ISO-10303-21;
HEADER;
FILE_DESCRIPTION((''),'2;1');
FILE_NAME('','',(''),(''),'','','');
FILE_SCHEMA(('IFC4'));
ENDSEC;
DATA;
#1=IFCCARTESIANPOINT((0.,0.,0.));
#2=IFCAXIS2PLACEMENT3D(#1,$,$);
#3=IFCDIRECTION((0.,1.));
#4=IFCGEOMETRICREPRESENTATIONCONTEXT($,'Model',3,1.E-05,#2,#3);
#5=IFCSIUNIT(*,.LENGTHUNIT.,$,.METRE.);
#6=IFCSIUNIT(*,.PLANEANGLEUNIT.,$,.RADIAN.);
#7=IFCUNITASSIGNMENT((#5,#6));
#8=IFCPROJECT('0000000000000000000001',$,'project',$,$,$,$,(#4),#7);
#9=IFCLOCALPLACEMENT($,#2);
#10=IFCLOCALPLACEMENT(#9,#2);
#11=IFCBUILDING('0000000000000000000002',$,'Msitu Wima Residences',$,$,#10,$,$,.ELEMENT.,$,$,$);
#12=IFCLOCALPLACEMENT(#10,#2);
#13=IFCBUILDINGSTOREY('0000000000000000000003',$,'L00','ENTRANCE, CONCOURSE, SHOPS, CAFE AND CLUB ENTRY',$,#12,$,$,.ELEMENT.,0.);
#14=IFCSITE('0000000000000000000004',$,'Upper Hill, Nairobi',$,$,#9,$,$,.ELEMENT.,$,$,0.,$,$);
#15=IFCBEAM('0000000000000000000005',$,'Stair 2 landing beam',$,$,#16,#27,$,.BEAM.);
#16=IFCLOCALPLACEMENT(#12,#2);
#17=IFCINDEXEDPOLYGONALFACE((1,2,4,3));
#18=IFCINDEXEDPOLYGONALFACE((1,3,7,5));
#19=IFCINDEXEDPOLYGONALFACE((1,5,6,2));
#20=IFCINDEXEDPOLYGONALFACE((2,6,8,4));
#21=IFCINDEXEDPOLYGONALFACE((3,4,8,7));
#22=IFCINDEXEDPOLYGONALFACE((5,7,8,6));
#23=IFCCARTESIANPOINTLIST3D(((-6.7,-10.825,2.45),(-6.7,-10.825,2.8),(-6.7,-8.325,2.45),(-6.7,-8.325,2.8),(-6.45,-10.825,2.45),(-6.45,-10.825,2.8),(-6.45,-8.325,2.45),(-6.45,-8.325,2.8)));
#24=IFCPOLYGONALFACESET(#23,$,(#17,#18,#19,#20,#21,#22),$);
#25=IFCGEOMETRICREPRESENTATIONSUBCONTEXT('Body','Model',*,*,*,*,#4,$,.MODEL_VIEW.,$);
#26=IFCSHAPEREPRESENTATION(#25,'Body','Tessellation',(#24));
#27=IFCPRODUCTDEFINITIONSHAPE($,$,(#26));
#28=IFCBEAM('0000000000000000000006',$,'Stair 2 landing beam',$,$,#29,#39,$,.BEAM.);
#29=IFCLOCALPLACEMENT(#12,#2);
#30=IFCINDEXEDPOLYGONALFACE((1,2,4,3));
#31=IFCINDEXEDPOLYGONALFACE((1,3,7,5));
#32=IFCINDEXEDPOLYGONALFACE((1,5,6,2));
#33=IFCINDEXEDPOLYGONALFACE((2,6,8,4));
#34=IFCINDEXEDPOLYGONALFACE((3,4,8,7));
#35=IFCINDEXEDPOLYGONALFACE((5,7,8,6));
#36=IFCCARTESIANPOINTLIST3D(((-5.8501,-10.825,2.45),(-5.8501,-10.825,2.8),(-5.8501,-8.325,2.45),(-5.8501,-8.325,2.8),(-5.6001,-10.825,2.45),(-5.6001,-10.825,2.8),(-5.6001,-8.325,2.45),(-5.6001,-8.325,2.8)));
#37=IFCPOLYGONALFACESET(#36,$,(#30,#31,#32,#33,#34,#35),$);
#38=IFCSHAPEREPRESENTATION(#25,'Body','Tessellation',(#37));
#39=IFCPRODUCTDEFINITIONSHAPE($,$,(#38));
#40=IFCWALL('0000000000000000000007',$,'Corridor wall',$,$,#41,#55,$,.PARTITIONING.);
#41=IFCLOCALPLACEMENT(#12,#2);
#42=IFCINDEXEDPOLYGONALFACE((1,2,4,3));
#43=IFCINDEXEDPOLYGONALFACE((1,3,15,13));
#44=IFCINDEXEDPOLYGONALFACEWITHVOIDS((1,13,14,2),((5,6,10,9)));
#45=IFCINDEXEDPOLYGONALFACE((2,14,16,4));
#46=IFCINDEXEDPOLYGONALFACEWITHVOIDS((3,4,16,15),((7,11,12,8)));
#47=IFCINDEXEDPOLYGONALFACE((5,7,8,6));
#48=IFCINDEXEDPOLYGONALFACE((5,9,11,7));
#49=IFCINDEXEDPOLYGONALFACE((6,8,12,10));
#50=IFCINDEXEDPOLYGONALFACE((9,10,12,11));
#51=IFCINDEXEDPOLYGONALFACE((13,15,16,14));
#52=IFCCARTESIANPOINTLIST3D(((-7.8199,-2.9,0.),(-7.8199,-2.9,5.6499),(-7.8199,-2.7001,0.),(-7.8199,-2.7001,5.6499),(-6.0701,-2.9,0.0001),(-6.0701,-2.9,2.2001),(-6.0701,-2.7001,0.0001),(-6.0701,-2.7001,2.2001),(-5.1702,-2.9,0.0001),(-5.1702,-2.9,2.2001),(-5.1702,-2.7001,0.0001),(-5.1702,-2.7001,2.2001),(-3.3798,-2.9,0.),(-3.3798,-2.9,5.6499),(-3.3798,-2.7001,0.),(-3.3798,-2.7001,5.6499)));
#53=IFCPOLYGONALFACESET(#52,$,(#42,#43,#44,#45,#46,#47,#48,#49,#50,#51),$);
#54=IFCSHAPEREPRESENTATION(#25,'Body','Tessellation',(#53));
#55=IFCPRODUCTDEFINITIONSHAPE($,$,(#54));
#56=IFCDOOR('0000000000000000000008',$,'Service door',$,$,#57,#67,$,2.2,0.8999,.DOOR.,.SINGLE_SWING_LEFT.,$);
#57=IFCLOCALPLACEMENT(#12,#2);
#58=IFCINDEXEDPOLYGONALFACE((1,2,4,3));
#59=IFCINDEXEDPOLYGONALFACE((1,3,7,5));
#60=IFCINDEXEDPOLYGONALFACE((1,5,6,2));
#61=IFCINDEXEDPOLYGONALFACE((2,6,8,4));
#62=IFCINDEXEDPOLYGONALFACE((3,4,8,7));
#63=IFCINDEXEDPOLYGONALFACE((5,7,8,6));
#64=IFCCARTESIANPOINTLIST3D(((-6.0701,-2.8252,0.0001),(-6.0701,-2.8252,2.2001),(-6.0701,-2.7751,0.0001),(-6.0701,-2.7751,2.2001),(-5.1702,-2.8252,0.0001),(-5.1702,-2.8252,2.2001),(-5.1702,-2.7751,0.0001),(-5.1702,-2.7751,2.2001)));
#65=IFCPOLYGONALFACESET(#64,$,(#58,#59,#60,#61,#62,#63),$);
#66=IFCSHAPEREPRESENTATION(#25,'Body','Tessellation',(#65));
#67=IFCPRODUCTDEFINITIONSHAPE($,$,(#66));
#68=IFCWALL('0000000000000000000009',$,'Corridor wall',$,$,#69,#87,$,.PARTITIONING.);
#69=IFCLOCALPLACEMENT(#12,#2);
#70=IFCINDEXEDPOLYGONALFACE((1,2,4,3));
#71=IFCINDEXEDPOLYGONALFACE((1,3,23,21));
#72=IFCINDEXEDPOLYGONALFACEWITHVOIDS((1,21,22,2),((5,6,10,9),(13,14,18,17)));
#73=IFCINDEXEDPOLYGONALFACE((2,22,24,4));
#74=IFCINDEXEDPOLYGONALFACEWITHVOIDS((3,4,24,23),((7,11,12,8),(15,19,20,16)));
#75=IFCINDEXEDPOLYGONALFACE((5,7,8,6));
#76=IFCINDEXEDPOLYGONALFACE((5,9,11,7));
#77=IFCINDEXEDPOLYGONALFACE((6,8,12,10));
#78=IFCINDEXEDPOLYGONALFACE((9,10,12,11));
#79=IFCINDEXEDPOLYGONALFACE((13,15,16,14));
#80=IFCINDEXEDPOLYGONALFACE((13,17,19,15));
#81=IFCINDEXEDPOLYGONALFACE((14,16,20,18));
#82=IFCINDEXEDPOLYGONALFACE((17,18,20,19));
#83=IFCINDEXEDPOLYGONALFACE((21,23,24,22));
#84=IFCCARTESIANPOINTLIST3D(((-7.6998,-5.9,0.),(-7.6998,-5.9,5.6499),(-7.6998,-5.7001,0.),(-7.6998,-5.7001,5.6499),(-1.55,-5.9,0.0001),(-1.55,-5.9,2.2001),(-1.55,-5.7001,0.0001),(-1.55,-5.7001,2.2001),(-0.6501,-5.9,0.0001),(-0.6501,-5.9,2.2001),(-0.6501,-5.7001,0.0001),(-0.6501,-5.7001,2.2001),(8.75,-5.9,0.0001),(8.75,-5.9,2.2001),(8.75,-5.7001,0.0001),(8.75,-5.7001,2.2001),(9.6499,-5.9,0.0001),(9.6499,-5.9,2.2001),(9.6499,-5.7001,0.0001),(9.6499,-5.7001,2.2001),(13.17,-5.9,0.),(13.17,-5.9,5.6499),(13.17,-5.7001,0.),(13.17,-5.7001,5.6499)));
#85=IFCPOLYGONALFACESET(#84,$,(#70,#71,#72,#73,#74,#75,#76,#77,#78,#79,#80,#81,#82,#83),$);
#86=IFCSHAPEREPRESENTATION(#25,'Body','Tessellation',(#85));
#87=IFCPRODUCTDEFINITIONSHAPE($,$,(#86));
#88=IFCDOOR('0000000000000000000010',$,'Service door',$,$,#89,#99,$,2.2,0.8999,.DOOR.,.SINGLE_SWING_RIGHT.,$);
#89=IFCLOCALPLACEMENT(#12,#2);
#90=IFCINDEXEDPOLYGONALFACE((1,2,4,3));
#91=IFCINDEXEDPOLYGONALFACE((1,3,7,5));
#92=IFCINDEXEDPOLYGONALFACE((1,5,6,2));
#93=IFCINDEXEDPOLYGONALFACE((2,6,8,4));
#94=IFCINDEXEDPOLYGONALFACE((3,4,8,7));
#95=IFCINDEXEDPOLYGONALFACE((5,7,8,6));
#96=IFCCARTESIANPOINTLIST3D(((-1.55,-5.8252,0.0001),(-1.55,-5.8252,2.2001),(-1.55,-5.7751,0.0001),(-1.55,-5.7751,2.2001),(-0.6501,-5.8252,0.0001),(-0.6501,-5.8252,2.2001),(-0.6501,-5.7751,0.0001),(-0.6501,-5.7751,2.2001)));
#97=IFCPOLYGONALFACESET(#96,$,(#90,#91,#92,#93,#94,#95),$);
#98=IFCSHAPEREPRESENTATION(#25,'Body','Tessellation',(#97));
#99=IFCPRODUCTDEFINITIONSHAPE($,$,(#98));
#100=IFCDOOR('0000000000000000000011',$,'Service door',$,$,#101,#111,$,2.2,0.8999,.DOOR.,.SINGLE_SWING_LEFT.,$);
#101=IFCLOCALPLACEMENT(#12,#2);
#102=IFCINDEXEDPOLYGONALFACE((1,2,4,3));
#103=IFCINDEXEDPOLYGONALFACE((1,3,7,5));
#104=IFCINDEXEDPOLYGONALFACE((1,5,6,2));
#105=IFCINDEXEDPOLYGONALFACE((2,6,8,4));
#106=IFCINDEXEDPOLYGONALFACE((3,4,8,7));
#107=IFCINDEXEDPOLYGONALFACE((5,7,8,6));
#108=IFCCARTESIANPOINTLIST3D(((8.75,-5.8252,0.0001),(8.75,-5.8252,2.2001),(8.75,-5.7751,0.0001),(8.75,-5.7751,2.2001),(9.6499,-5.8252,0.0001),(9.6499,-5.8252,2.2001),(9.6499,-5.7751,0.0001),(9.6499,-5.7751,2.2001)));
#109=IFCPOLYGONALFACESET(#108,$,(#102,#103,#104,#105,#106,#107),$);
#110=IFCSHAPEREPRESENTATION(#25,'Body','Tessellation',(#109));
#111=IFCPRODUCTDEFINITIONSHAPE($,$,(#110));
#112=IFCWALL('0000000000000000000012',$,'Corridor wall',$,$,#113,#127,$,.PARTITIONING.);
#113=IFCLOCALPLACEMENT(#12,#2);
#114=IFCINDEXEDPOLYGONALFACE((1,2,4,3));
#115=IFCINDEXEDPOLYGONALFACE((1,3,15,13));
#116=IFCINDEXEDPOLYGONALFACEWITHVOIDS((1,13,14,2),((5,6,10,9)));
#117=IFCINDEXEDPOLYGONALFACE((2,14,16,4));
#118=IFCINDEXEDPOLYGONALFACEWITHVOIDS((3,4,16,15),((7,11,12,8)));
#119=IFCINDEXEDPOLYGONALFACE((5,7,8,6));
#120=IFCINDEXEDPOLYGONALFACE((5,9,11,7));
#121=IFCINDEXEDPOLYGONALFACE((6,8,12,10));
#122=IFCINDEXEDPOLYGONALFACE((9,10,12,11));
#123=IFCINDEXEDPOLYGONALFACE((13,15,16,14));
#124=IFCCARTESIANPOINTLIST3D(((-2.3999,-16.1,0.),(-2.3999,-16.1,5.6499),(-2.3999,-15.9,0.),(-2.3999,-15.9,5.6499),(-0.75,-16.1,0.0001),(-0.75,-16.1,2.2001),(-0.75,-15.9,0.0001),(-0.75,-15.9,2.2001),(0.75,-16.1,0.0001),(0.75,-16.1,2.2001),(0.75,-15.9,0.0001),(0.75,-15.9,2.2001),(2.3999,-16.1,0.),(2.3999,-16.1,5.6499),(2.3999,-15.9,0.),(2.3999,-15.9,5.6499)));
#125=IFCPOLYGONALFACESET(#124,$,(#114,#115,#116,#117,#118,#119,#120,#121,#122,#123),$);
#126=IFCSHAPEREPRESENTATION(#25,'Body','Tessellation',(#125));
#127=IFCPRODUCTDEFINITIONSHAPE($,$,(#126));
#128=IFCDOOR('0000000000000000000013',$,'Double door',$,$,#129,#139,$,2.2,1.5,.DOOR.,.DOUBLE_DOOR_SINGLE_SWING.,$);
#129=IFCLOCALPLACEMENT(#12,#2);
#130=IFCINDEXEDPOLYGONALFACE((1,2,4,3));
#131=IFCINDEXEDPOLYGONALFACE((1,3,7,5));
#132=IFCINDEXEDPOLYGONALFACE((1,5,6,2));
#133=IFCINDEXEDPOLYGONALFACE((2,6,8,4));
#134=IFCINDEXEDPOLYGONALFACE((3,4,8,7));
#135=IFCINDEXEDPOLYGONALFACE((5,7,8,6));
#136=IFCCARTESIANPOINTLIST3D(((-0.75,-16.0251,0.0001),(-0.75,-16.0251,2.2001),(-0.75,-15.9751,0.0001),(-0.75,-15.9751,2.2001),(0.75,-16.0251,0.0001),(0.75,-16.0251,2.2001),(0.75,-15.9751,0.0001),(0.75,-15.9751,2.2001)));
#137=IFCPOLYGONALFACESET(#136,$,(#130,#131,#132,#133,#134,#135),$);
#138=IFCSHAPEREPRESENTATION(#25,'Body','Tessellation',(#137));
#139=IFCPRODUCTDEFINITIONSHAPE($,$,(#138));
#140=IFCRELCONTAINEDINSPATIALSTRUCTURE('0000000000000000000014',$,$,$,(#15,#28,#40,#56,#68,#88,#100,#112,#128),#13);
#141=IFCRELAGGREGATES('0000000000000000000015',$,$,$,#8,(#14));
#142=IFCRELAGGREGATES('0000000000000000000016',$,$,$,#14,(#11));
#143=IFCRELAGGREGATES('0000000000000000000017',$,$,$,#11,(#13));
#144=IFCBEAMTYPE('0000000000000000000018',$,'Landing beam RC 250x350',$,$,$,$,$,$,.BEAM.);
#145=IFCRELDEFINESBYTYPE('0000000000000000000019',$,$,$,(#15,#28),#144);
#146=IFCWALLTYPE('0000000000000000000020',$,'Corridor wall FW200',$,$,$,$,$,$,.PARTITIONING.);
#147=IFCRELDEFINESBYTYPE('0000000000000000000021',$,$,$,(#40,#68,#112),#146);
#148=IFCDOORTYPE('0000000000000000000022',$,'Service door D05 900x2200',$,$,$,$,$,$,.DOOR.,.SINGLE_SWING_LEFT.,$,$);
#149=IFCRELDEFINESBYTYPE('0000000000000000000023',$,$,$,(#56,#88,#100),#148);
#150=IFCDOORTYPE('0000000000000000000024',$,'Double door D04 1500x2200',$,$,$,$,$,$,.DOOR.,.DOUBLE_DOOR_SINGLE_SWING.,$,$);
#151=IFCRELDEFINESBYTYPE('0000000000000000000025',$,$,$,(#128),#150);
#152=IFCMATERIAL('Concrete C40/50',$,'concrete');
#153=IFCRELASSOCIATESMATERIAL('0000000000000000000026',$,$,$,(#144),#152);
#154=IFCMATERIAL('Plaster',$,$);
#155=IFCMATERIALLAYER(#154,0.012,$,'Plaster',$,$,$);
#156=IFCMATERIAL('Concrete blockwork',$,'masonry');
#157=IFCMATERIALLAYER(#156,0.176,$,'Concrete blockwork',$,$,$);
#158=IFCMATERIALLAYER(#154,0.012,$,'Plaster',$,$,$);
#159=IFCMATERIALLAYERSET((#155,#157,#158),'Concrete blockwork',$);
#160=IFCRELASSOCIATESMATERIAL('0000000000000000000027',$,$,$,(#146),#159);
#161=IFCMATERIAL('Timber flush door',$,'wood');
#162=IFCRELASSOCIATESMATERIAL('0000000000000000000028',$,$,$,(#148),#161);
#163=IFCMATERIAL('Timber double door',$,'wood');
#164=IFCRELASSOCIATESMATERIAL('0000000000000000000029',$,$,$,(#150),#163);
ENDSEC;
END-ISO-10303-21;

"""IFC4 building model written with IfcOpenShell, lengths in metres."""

from ifc_helpers import new_model, si_unit, direction, frame, frame_2d, origin, origin_2d, place, context, subcontext, project, spatial, rectangle, extrude, material, layer, layer_set, material_profile, profile_set, type_object, element, fill, save


model = new_model("IFC4")

# Units and contexts
model_context = context("Model", 3, precision=1e-05, world=origin(), true_north=direction((0.0, 1.0)))
body_context = subcontext(model_context, "Body", "Model", "MODEL_VIEW")
ifc_project = project(units=[si_unit("LENGTHUNIT", "METRE"), si_unit("PLANEANGLEUNIT", "RADIAN")], contexts=[model_context])

# Site, building, storey
site_placement = place(None, origin())
site = spatial("IfcSite", under=ifc_project, at=site_placement, Name="Upper Hill, Nairobi", CompositionType="ELEMENT", RefElevation=0.0)
building_placement = place(site_placement, origin())
building = spatial("IfcBuilding", under=site, at=building_placement, Name="Msitu Wima Residences", CompositionType="ELEMENT")
storey_placement = place(building_placement, origin())
storey = spatial("IfcBuildingStorey", under=building, at=storey_placement, Name="L00", Description="ENTRANCE, CONCOURSE, SHOPS, CAFE AND CLUB ENTRY", CompositionType="ELEMENT", Elevation=0.0)

# Beams
ifc_material_1 = material(Name="Concrete C40/50", Category="concrete")
ifc_material_profile = material_profile(ifc_material_1, rectangle(XDim=0.25, YDim=0.3501, at=origin_2d()), Name="RC 250x350")
ifc_profile_set = profile_set([ifc_material_profile], Name="Concrete C40/50")
beam_type = type_object("IfcBeamType", Name="Landing beam RC 250x350", PredefinedType="BEAM", material=ifc_profile_set)
for number, where, z_axis, x_axis, name in (
    (1, (-6.575, -10.825, 2.625), (0.0, 1.0, 0.0), (-1.0, 0.0, 0.0), "Stair 2 landing beam"),
    (2, (-5.7251, -10.825, 2.625), (0.0, 1.0, 0.0), (-1.0, 0.0, 0.0), "Stair 2 landing beam"),
):
    element("IfcBeam", number, at=place(storey_placement, frame(where, z_axis=z_axis, x_axis=x_axis)), inside=storey, type_object=beam_type, Name=name, PredefinedType="BEAM", context=body_context, shape_type="SweptSolid", body=[
        extrude(rectangle(XDim=0.25, YDim=0.3501, at=origin_2d()), origin(), (0.0, 0.0, 1.0), 2.5),
    ])

# Wall, opening, door
ifc_material_2 = material(Name="Plaster")
ifc_layer_1 = layer(ifc_material_2, 0.012, Name="Plaster")
ifc_material_3 = material(Name="Concrete blockwork", Category="masonry")
ifc_layer_2 = layer(ifc_material_3, 0.176, Name="Concrete blockwork")
ifc_layer_3 = layer(ifc_material_2, 0.012, Name="Plaster")
ifc_layer_set_1 = layer_set([ifc_layer_1, ifc_layer_2, ifc_layer_3], Name="Concrete blockwork")
wall_type_1 = type_object("IfcWallType", Name="Corridor wall FW200", PredefinedType="PARTITIONING", material=ifc_layer_set_1)
wall_1_placement = place(storey_placement, frame((-7.8201, -2.8, 0.0), z_axis=(0.0, 0.0, 1.0), x_axis=(1.0, 0.0, 0.0)))
wall_1 = element("IfcWall", 3, at=wall_1_placement, inside=storey, type_object=wall_type_1, Name="Corridor wall", PredefinedType="PARTITIONING", context=body_context, shape_type="SweptSolid", body=[
    extrude(rectangle(XDim=4.4402, YDim=0.2, at=frame_2d((2.2202, 0.0))), origin(), (0.0, 0.0, 1.0), 5.6499),
])
opening_1_placement = place(wall_1_placement, frame((1.75, 0.0, 0.0)))
opening_1 = element("IfcOpeningElement", 4, at=opening_1_placement, cuts=wall_1, PredefinedType="OPENING", context=body_context, shape_type="SweptSolid", body=[
    extrude(rectangle(XDim=0.8999, YDim=2.2, at=frame_2d((0.45, 1.1001))), frame((0.0, 0.1099, 0.0), z_axis=(0.0, -1.0, 0.0), x_axis=(1.0, 0.0, 0.0)), (0.0, 0.0, 1.0), 0.22),
])
ifc_material_4 = material(Name="Timber flush door", Category="wood")
door_type_1 = type_object("IfcDoorType", Name="Service door D05 900x2200", OperationType="SINGLE_SWING_LEFT", PredefinedType="DOOR", material=ifc_material_4)
door_1_placement = place(opening_1_placement, origin())
door_1 = element("IfcDoor", 5, at=door_1_placement, inside=storey, type_object=door_type_1, Name="Service door", OperationType="SINGLE_SWING_LEFT", OverallHeight=2.2, OverallWidth=0.8999, PredefinedType="DOOR", context=body_context, shape_type="SweptSolid", body=[
    extrude(rectangle(XDim=0.8999, YDim=2.2, at=frame_2d((0.45, 1.1001))), frame((0.0, 0.0249, 0.0), z_axis=(0.0, -1.0, 0.0), x_axis=(1.0, 0.0, 0.0)), (0.0, 0.0, 1.0), 0.05),
])
fill(opening_1, door_1)

# Wall, openings, doors
wall_2_placement = place(storey_placement, frame((-7.7, -5.8, 0.0), z_axis=(0.0, 0.0, 1.0), x_axis=(1.0, 0.0, 0.0)))
wall_2 = element("IfcWall", 6, at=wall_2_placement, inside=storey, type_object=wall_type_1, Name="Corridor wall", PredefinedType="PARTITIONING", context=body_context, shape_type="SweptSolid", body=[
    extrude(rectangle(XDim=20.8699, YDim=0.2, at=frame_2d((10.4351, 0.0))), origin(), (0.0, 0.0, 1.0), 5.6499),
])
opening_2_placement = place(wall_2_placement, frame((6.1499, 0.0, 0.0)))
opening_2 = element("IfcOpeningElement", 7, at=opening_2_placement, cuts=wall_2, PredefinedType="OPENING", context=body_context, shape_type="SweptSolid", body=[
    extrude(rectangle(XDim=0.8999, YDim=2.2, at=frame_2d((0.45, 1.1001))), frame((0.0, 0.1099, 0.0), z_axis=(0.0, -1.0, 0.0), x_axis=(1.0, 0.0, 0.0)), (0.0, 0.0, 1.0), 0.22),
])
opening_3_placement = place(wall_2_placement, frame((16.45, 0.0, 0.0)))
opening_3 = element("IfcOpeningElement", 8, at=opening_3_placement, cuts=wall_2, PredefinedType="OPENING", context=body_context, shape_type="SweptSolid", body=[
    extrude(rectangle(XDim=0.8999, YDim=2.2, at=frame_2d((0.45, 1.1001))), frame((0.0, 0.1099, 0.0), z_axis=(0.0, -1.0, 0.0), x_axis=(1.0, 0.0, 0.0)), (0.0, 0.0, 1.0), 0.22),
])
door_2_placement = place(opening_2_placement, origin())
door_2 = element("IfcDoor", 9, at=door_2_placement, inside=storey, type_object=door_type_1, Name="Service door", OperationType="SINGLE_SWING_RIGHT", OverallHeight=2.2, OverallWidth=0.8999, PredefinedType="DOOR", context=body_context, shape_type="SweptSolid", body=[
    extrude(rectangle(XDim=0.8999, YDim=2.2, at=frame_2d((0.45, 1.1001))), frame((0.0, 0.0249, 0.0), z_axis=(0.0, -1.0, 0.0), x_axis=(1.0, 0.0, 0.0)), (0.0, 0.0, 1.0), 0.05),
])
fill(opening_2, door_2)
door_3_placement = place(opening_3_placement, origin())
door_3 = element("IfcDoor", 10, at=door_3_placement, inside=storey, type_object=door_type_1, Name="Service door", OperationType="SINGLE_SWING_LEFT", OverallHeight=2.2, OverallWidth=0.8999, PredefinedType="DOOR", context=body_context, shape_type="SweptSolid", body=[
    extrude(rectangle(XDim=0.8999, YDim=2.2, at=frame_2d((0.45, 1.1001))), frame((0.0, 0.0249, 0.0), z_axis=(0.0, -1.0, 0.0), x_axis=(1.0, 0.0, 0.0)), (0.0, 0.0, 1.0), 0.05),
])
fill(opening_3, door_3)

# Wall, opening, door
wall_3_placement = place(storey_placement, frame((-2.3999, -16.0, 0.0), z_axis=(0.0, 0.0, 1.0), x_axis=(1.0, 0.0, 0.0)))
wall_3 = element("IfcWall", 11, at=wall_3_placement, inside=storey, type_object=wall_type_1, Name="Corridor wall", PredefinedType="PARTITIONING", context=body_context, shape_type="SweptSolid", body=[
    extrude(rectangle(XDim=4.7998, YDim=0.2, at=frame_2d((2.3999, 0.0))), origin(), (0.0, 0.0, 1.0), 5.6499),
])
opening_4_placement = place(wall_3_placement, frame((1.6499, 0.0, 0.0)))
opening_4 = element("IfcOpeningElement", 12, at=opening_4_placement, cuts=wall_3, PredefinedType="OPENING", context=body_context, shape_type="SweptSolid", body=[
    extrude(rectangle(XDim=1.5, YDim=2.2, at=frame_2d((0.75, 1.1001))), frame((0.0, 0.1099, 0.0), z_axis=(0.0, -1.0, 0.0), x_axis=(1.0, 0.0, 0.0)), (0.0, 0.0, 1.0), 0.22),
])
ifc_material_5 = material(Name="Timber double door", Category="wood")
door_type_2 = type_object("IfcDoorType", Name="Double door D04 1500x2200", OperationType="DOUBLE_DOOR_SINGLE_SWING", PredefinedType="DOOR", material=ifc_material_5)
door_4_placement = place(opening_4_placement, origin())
door_4 = element("IfcDoor", 13, at=door_4_placement, inside=storey, type_object=door_type_2, Name="Double door", OperationType="DOUBLE_DOOR_SINGLE_SWING", OverallHeight=2.2, OverallWidth=1.5, PredefinedType="DOOR", context=body_context, shape_type="SweptSolid", body=[
    extrude(rectangle(XDim=1.5, YDim=2.2, at=frame_2d((0.75, 1.1001))), frame((0.0, 0.0249, 0.0), z_axis=(0.0, -1.0, 0.0), x_axis=(1.0, 0.0, 0.0)), (0.0, 0.0, 1.0), 0.05),
])
fill(opening_4, door_4)

save(model, "model.ifc")
